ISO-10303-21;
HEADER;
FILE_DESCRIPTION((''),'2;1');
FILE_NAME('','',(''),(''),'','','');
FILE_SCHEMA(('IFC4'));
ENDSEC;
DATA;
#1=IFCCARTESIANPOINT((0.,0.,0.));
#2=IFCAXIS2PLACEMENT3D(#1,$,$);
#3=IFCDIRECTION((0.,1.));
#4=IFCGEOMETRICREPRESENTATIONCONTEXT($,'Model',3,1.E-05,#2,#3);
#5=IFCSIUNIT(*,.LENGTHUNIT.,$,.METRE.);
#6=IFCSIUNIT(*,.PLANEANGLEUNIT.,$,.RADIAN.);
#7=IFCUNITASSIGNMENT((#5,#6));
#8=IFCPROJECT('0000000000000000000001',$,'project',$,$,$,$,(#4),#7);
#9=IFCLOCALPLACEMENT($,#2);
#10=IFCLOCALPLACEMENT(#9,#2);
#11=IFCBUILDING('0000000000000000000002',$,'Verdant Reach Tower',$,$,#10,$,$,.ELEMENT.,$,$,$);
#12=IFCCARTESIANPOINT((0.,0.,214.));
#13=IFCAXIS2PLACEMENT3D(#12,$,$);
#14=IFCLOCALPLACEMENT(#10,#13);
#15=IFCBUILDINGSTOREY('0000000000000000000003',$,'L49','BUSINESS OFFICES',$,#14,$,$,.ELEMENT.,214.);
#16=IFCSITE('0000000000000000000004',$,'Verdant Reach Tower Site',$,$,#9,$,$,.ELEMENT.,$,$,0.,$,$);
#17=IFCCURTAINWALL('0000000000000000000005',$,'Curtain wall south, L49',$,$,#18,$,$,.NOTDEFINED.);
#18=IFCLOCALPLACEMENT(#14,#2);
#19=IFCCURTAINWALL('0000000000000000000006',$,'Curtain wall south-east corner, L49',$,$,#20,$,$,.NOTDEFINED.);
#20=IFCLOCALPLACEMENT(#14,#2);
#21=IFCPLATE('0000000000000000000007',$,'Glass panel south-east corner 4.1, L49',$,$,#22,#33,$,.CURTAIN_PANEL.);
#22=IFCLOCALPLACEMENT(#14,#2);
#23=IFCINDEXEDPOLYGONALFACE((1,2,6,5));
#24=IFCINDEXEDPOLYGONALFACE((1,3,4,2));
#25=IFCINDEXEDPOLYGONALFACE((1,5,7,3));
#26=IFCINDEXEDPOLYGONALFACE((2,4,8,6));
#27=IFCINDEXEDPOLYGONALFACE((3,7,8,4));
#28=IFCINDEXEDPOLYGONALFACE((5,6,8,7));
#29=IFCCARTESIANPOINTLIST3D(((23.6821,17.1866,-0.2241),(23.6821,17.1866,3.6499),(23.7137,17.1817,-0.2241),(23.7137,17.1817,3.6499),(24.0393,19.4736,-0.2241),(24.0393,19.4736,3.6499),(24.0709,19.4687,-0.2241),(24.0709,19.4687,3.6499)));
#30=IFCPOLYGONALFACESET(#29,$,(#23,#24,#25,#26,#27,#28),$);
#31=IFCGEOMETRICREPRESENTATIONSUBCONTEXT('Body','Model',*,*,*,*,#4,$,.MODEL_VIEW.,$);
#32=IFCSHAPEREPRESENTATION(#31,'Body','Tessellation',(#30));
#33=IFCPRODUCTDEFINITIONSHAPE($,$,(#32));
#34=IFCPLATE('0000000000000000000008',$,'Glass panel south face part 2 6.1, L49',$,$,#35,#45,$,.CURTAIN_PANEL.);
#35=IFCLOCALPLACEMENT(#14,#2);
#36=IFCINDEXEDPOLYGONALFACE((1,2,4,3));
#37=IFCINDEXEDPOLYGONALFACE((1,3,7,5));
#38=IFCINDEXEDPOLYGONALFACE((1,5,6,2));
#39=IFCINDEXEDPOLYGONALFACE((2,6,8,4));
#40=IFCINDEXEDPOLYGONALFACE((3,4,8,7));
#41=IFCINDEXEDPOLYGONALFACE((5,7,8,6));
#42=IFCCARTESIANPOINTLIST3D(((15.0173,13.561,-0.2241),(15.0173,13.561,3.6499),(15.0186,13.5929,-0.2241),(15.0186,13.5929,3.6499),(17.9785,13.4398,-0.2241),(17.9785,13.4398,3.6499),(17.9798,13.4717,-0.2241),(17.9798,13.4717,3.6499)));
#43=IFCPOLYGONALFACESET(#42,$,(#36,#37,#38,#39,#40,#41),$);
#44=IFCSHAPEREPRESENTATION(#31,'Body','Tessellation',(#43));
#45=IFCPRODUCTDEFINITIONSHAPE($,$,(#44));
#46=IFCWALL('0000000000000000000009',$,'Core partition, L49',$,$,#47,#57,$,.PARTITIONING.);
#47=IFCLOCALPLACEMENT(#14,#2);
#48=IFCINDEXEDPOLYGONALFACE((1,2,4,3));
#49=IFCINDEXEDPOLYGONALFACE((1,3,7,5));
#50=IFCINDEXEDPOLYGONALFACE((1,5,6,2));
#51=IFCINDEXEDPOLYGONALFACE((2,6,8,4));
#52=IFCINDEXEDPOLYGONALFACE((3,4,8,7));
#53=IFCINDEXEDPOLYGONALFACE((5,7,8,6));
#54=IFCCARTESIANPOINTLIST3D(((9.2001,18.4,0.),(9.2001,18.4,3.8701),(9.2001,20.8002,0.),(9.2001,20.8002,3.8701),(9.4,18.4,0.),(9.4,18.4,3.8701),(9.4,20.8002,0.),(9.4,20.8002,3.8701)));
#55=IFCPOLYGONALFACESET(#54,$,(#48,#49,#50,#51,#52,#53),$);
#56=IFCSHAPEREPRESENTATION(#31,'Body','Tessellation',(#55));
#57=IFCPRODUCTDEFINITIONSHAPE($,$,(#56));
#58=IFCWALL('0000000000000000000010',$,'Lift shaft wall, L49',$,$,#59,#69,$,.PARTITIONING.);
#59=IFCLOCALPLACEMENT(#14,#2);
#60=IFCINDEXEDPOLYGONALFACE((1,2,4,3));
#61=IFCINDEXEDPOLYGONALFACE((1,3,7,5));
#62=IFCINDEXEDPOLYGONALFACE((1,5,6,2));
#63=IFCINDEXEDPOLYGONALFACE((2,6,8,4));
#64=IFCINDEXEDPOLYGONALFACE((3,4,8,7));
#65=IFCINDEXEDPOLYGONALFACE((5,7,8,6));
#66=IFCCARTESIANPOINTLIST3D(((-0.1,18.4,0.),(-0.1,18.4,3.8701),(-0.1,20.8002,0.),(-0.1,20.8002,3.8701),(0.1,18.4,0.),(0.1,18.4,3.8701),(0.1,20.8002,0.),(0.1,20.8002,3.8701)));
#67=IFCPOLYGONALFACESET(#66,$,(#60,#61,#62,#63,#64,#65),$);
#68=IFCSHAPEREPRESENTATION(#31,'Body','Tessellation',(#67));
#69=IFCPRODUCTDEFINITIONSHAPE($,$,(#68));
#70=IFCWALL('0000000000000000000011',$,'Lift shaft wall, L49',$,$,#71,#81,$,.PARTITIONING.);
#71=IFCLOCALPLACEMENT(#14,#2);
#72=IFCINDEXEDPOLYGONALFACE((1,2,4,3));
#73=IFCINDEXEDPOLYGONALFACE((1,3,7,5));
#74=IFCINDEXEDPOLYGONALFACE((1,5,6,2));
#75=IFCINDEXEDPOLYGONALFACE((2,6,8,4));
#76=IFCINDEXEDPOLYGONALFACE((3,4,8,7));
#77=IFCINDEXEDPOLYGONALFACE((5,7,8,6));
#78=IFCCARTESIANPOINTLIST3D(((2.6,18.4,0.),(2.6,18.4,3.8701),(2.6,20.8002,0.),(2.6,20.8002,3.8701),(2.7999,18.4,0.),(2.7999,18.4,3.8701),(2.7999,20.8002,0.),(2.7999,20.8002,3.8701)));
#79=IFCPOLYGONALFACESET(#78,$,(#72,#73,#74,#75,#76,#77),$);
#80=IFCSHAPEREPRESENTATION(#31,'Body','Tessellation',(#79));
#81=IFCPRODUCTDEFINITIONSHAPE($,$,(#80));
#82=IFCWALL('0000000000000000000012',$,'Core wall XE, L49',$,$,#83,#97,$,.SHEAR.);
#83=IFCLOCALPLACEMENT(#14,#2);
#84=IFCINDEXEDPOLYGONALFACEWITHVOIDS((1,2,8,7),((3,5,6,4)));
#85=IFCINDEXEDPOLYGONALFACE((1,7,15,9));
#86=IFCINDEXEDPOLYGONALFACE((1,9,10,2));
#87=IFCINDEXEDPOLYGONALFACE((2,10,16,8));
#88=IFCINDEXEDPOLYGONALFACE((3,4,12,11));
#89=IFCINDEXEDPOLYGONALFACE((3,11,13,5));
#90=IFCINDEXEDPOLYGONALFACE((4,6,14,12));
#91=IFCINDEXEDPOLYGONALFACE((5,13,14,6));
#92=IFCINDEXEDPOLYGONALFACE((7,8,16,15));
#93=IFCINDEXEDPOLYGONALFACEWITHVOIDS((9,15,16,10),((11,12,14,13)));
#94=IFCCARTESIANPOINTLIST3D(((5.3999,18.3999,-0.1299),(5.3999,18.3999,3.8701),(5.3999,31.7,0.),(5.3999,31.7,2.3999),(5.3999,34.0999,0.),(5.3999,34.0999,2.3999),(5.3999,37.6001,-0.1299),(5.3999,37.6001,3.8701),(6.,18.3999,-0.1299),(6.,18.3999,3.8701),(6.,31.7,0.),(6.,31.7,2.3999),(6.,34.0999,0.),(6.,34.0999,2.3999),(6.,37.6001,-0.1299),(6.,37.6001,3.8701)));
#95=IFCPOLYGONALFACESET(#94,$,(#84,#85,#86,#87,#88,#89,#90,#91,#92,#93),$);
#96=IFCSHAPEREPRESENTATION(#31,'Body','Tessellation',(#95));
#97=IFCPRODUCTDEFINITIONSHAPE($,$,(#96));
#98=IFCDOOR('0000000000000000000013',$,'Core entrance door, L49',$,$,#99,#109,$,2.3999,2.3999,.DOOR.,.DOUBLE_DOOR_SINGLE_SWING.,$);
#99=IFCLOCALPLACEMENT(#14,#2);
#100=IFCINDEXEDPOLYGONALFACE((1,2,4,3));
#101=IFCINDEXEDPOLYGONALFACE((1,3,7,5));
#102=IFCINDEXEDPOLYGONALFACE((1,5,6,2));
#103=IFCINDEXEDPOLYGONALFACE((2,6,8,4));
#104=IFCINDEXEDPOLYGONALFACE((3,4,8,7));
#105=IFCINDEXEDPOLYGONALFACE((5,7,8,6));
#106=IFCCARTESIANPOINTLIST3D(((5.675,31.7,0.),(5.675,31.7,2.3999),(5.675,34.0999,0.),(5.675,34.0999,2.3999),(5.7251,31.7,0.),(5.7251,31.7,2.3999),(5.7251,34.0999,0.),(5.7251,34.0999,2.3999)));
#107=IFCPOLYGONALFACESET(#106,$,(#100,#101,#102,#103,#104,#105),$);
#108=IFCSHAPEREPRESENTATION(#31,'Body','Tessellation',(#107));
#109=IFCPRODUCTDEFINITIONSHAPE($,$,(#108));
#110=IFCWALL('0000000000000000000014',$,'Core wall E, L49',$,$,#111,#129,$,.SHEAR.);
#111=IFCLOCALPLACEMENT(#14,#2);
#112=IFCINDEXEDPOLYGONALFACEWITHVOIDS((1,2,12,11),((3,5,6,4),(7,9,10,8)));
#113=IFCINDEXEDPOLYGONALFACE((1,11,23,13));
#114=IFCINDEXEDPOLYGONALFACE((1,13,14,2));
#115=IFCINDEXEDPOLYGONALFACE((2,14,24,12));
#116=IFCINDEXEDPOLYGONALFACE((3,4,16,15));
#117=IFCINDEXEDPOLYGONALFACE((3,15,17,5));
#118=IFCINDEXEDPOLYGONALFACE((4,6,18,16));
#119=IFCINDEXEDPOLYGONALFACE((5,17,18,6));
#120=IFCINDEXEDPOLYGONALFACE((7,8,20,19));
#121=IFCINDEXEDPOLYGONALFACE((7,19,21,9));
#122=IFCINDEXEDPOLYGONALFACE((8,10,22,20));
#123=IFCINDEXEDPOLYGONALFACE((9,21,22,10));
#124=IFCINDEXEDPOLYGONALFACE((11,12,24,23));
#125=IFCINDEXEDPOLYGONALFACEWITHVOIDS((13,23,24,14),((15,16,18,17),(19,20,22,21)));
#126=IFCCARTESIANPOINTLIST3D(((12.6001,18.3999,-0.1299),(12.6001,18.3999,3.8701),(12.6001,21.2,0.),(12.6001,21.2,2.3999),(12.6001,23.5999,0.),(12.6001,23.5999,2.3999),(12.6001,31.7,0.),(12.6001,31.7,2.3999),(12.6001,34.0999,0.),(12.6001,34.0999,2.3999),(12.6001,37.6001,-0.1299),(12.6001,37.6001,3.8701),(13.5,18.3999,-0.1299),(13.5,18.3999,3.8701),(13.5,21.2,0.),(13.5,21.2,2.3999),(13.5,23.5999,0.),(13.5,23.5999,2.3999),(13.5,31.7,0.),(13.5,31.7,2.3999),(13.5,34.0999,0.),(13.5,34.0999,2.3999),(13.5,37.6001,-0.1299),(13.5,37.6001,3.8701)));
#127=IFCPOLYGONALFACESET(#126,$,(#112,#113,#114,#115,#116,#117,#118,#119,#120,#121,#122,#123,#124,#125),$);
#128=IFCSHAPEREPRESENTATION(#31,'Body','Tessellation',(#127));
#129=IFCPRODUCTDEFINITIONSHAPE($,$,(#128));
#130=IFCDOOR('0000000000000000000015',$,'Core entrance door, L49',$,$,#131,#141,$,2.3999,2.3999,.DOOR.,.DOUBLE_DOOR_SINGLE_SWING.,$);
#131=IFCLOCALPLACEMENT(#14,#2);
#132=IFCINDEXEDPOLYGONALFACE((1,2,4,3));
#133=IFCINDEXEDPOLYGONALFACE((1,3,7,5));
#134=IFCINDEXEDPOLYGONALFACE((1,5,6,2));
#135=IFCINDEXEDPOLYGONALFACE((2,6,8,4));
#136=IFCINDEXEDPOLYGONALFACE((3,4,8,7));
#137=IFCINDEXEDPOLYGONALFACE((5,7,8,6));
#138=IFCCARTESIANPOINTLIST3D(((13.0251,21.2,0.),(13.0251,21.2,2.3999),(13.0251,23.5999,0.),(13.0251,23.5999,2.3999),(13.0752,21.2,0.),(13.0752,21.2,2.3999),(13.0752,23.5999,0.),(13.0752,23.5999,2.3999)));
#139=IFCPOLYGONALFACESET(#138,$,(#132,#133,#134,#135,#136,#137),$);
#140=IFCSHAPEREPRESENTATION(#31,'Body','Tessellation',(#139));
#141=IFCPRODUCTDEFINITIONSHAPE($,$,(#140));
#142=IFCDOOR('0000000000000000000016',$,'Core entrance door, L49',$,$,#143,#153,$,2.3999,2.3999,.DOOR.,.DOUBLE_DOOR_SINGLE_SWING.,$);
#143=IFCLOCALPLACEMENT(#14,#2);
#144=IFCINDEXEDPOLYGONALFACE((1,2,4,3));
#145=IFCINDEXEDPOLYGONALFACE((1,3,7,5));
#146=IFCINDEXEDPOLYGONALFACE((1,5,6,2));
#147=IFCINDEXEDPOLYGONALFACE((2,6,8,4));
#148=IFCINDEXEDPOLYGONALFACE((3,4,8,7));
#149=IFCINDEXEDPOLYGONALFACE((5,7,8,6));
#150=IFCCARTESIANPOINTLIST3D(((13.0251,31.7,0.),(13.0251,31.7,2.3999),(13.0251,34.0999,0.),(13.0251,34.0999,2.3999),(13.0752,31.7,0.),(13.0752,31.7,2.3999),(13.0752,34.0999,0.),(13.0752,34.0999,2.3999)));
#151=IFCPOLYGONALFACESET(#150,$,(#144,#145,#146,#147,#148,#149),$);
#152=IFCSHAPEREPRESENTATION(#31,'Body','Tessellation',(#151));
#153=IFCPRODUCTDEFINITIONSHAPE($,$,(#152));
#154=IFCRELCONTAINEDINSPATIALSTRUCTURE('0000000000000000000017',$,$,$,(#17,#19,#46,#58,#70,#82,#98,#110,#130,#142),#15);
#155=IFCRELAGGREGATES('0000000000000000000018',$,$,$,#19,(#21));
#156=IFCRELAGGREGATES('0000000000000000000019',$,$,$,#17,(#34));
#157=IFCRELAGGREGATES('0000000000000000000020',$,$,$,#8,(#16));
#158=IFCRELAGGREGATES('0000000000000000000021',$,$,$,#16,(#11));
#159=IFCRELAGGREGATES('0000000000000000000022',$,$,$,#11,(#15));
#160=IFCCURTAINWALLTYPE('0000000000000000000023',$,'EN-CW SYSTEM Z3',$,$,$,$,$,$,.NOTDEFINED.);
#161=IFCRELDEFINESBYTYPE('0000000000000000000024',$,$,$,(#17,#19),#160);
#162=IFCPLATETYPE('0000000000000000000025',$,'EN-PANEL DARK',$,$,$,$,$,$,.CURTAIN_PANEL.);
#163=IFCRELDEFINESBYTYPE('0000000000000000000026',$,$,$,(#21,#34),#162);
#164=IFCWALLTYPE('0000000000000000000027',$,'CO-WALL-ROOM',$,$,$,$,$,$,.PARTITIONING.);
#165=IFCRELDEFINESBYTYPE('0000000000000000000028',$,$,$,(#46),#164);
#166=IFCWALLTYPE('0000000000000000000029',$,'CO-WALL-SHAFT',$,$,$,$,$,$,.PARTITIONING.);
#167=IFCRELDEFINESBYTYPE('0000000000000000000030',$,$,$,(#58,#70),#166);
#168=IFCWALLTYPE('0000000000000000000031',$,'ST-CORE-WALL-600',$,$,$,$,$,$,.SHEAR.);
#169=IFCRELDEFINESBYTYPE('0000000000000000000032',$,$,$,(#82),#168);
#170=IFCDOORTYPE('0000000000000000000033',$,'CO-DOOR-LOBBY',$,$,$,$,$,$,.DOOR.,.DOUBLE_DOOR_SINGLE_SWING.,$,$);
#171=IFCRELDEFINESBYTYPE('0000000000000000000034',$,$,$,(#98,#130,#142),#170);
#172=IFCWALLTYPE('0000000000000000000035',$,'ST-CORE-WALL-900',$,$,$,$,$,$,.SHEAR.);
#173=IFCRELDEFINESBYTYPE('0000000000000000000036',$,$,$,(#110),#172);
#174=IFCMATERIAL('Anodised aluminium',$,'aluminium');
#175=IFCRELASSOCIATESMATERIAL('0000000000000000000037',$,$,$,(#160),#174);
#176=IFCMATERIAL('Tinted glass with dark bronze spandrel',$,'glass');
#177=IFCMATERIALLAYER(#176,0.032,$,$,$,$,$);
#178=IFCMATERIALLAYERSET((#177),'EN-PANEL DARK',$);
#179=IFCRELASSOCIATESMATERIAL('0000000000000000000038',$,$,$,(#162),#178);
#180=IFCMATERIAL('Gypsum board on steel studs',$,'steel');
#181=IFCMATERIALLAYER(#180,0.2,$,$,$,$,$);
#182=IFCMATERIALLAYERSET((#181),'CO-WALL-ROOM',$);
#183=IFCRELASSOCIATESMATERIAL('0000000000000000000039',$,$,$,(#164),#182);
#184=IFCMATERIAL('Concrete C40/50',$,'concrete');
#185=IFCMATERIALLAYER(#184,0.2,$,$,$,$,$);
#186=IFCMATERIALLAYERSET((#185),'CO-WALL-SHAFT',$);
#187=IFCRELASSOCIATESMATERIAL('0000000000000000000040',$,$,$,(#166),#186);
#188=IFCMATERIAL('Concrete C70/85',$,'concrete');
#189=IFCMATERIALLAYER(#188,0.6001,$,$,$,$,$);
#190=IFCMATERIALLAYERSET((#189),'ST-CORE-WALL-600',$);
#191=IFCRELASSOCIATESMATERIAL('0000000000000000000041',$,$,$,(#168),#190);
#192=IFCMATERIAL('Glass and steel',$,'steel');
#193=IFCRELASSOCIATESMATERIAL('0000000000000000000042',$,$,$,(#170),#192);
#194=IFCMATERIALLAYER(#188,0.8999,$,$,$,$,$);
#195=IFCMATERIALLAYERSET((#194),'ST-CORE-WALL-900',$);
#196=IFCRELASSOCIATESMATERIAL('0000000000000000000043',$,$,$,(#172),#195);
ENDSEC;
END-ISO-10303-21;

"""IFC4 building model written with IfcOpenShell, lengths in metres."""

from ifc_helpers import new_model, si_unit, direction, frame, frame_2d, origin, origin_2d, place, context, subcontext, project, spatial, rectangle, extrude, material, layer, layer_set, type_object, element, fill, aggregate, save


model = new_model("IFC4")

# Units and contexts
model_context = context("Model", 3, precision=1e-05, world=origin(), true_north=direction((0.0, 1.0)))
body_context = subcontext(model_context, "Body", "Model", "MODEL_VIEW")
ifc_project = project(units=[si_unit("LENGTHUNIT", "METRE"), si_unit("PLANEANGLEUNIT", "RADIAN")], contexts=[model_context])

# Site, building, storey
site_placement = place(None, origin())
site = spatial("IfcSite", under=ifc_project, at=site_placement, Name="Verdant Reach Tower Site", CompositionType="ELEMENT", RefElevation=0.0)
building_placement = place(site_placement, origin())
building = spatial("IfcBuilding", under=site, at=building_placement, Name="Verdant Reach Tower", CompositionType="ELEMENT")
storey_placement = place(building_placement, frame((0.0, 0.0, 214.0)))
storey = spatial("IfcBuildingStorey", under=building, at=storey_placement, Name="L49", Description="BUSINESS OFFICES", CompositionType="ELEMENT", Elevation=214.0)

# Curtain wall
ifc_material_1 = material(Name="Anodised aluminium", Category="aluminium")
curtain_wall_type = type_object("IfcCurtainWallType", Name="EN-CW SYSTEM Z3", PredefinedType="NOTDEFINED", material=ifc_material_1)
curtain_wall_1_placement = place(storey_placement, origin())
curtain_wall_1 = element("IfcCurtainWall", 1, at=curtain_wall_1_placement, inside=storey, type_object=curtain_wall_type, Name="Curtain wall south, L49", PredefinedType="NOTDEFINED")

# Shared definitions
ifc_material_2 = material(Name="Concrete C40/50", Category="concrete")

# Curtain wall
curtain_wall_2_placement = place(storey_placement, origin())
curtain_wall_2 = element("IfcCurtainWall", 2, at=curtain_wall_2_placement, inside=storey, type_object=curtain_wall_type, Name="Curtain wall south-east corner, L49", PredefinedType="NOTDEFINED")

# Plates
ifc_material_3 = material(Name="Tinted glass with dark bronze spandrel", Category="glass")
ifc_layer_1 = layer(ifc_material_3, 0.032)
ifc_layer_set_1 = layer_set([ifc_layer_1], Name="EN-PANEL DARK")
plate_type_1 = type_object("IfcPlateType", Name="EN-PANEL DARK", PredefinedType="CURTAIN_PANEL", material=ifc_layer_set_1)
plate_1_placement = place(storey_placement, frame((23.8765, 18.3276, -0.2241), z_axis=(0.0, 0.0, 1.0), x_axis=(0.154312, 0.988022, 0.0)))
plate_1 = element("IfcPlate", 3, at=plate_1_placement, type_object=plate_type_1, Name="Glass panel south-east corner 4.1, L49", PredefinedType="CURTAIN_PANEL", context=body_context, shape_type="SweptSolid", body=[
    extrude(rectangle(XDim=2.3147, YDim=0.032, at=origin_2d()), origin(), (0.0, 0.0, 1.0), 3.874),
])
aggregate(curtain_wall_2, [plate_1])
plate_2_placement = place(storey_placement, frame((16.4985, 13.5164, -0.2241), z_axis=(0.0, 0.0, 1.0), x_axis=(0.999164, -0.040891, 0.0)))
plate_2 = element("IfcPlate", 4, at=plate_2_placement, type_object=plate_type_1, Name="Glass panel south face part 2 6.1, L49", PredefinedType="CURTAIN_PANEL", context=body_context, shape_type="SweptSolid", body=[
    extrude(rectangle(XDim=2.9636, YDim=0.032, at=origin_2d()), origin(), (0.0, 0.0, 1.0), 3.874),
])
aggregate(curtain_wall_1, [plate_2])

# Walls
ifc_material_4 = material(Name="Gypsum board on steel studs", Category="steel")
ifc_layer_2 = layer(ifc_material_4, 0.2)
ifc_layer_set_2 = layer_set([ifc_layer_2], Name="CO-WALL-ROOM")
wall_type_1 = type_object("IfcWallType", Name="CO-WALL-ROOM", PredefinedType="PARTITIONING", material=ifc_layer_set_2)
wall_1_placement = place(storey_placement, frame((9.3, 18.3999, 0.0), z_axis=(0.0, 0.0, 1.0), x_axis=(0.0, 1.0, 0.0)))
element("IfcWall", 5, at=wall_1_placement, inside=storey, type_object=wall_type_1, Name="Core partition, L49", PredefinedType="PARTITIONING", context=body_context, shape_type="SweptSolid", body=[
    extrude(rectangle(XDim=2.4001, YDim=0.2, at=frame_2d((1.2002, 0.0))), origin(), (0.0, 0.0, 1.0), 3.8701),
])
ifc_layer_3 = layer(ifc_material_2, 0.2)
ifc_layer_set_3 = layer_set([ifc_layer_3], Name="CO-WALL-SHAFT")
wall_type_2 = type_object("IfcWallType", Name="CO-WALL-SHAFT", PredefinedType="PARTITIONING", material=ifc_layer_set_3)
for number, where, z_axis, x_axis, name in (
    (6, (0.0, 18.3999, 0.0), (0.0, 0.0, 1.0), (0.0, 1.0, 0.0), "Lift shaft wall, L49"),
    (7, (2.7, 18.3999, 0.0), (0.0, 0.0, 1.0), (0.0, 1.0, 0.0), "Lift shaft wall, L49"),
):
    element("IfcWall", number, at=place(storey_placement, frame(where, z_axis=z_axis, x_axis=x_axis)), inside=storey, type_object=wall_type_2, Name=name, PredefinedType="PARTITIONING", context=body_context, shape_type="SweptSolid", body=[
        extrude(rectangle(XDim=2.4001, YDim=0.2, at=frame_2d((1.2002, 0.0))), origin(), (0.0, 0.0, 1.0), 3.8701),
    ])

# Wall, opening, door
ifc_material_5 = material(Name="Concrete C70/85", Category="concrete")
ifc_layer_4 = layer(ifc_material_5, 0.6001)
ifc_layer_set_4 = layer_set([ifc_layer_4], Name="ST-CORE-WALL-600")
wall_type_3 = type_object("IfcWallType", Name="ST-CORE-WALL-600", PredefinedType="SHEAR", material=ifc_layer_set_4)
wall_2_placement = place(storey_placement, frame((5.7, 18.3999, -0.1299), z_axis=(0.0, 0.0, 1.0), x_axis=(0.0, 1.0, 0.0)))
wall_2 = element("IfcWall", 8, at=wall_2_placement, inside=storey, type_object=wall_type_3, Name="Core wall XE, L49", PredefinedType="SHEAR", context=body_context, shape_type="SweptSolid", body=[
    extrude(rectangle(XDim=19.2002, YDim=0.6001, at=frame_2d((9.6001, 0.0))), origin(), (0.0, 0.0, 1.0), 4.0),
])
opening_1_placement = place(wall_2_placement, frame((13.3, 0.0, 0.1299)))
opening_1 = element("IfcOpeningElement", 9, at=opening_1_placement, cuts=wall_2, PredefinedType="OPENING", context=body_context, shape_type="SweptSolid", body=[
    extrude(rectangle(XDim=2.3999, YDim=2.3999, at=frame_2d((1.2, 1.2))), frame((0.0, 0.3101, 0.0), z_axis=(0.0, -1.0, 0.0), x_axis=(1.0, 0.0, 0.0)), (0.0, 0.0, 1.0), 0.6201),
])
ifc_material_6 = material(Name="Glass and steel", Category="steel")
door_type = type_object("IfcDoorType", Name="CO-DOOR-LOBBY", OperationType="DOUBLE_DOOR_SINGLE_SWING", PredefinedType="DOOR", material=ifc_material_6)
door_1_placement = place(opening_1_placement, origin())
door_1 = element("IfcDoor", 10, at=door_1_placement, inside=storey, type_object=door_type, Name="Core entrance door, L49", OperationType="DOUBLE_DOOR_SINGLE_SWING", OverallHeight=2.3999, OverallWidth=2.3999, PredefinedType="DOOR", context=body_context, shape_type="SweptSolid", body=[
    extrude(rectangle(XDim=2.3999, YDim=2.3999, at=frame_2d((1.2, 1.2))), frame((0.0, 0.0249, 0.0), z_axis=(0.0, -1.0, 0.0), x_axis=(1.0, 0.0, 0.0)), (0.0, 0.0, 1.0), 0.05),
])
fill(opening_1, door_1)

# Wall, openings, doors
ifc_layer_5 = layer(ifc_material_5, 0.8999)
ifc_layer_set_5 = layer_set([ifc_layer_5], Name="ST-CORE-WALL-900")
wall_type_4 = type_object("IfcWallType", Name="ST-CORE-WALL-900", PredefinedType="SHEAR", material=ifc_layer_set_5)
wall_3_placement = place(storey_placement, frame((13.05, 18.3999, -0.1299), z_axis=(0.0, 0.0, 1.0), x_axis=(0.0, 1.0, 0.0)))
wall_3 = element("IfcWall", 11, at=wall_3_placement, inside=storey, type_object=wall_type_4, Name="Core wall E, L49", PredefinedType="SHEAR", context=body_context, shape_type="SweptSolid", body=[
    extrude(rectangle(XDim=19.2002, YDim=0.8999, at=frame_2d((9.6001, 0.0))), origin(), (0.0, 0.0, 1.0), 4.0),
])
opening_2_placement = place(wall_3_placement, frame((2.8, 0.0, 0.1299)))
opening_2 = element("IfcOpeningElement", 12, at=opening_2_placement, cuts=wall_3, PredefinedType="OPENING", context=body_context, shape_type="SweptSolid", body=[
    extrude(rectangle(XDim=2.3999, YDim=2.3999, at=frame_2d((1.2, 1.2))), frame((0.0, 0.46, 0.0), z_axis=(0.0, -1.0, 0.0), x_axis=(1.0, 0.0, 0.0)), (0.0, 0.0, 1.0), 0.9199),
])
opening_3_placement = place(wall_3_placement, frame((13.3, 0.0, 0.1299)))
opening_3 = element("IfcOpeningElement", 13, at=opening_3_placement, cuts=wall_3, PredefinedType="OPENING", context=body_context, shape_type="SweptSolid", body=[
    extrude(rectangle(XDim=2.3999, YDim=2.3999, at=frame_2d((1.2, 1.2))), frame((0.0, 0.46, 0.0), z_axis=(0.0, -1.0, 0.0), x_axis=(1.0, 0.0, 0.0)), (0.0, 0.0, 1.0), 0.9199),
])
door_2_placement = place(opening_2_placement, origin())
door_2 = element("IfcDoor", 14, at=door_2_placement, inside=storey, type_object=door_type, Name="Core entrance door, L49", OperationType="DOUBLE_DOOR_SINGLE_SWING", OverallHeight=2.3999, OverallWidth=2.3999, PredefinedType="DOOR", context=body_context, shape_type="SweptSolid", body=[
    extrude(rectangle(XDim=2.3999, YDim=2.3999, at=frame_2d((1.2, 1.2))), frame((0.0, 0.0249, 0.0), z_axis=(0.0, -1.0, 0.0), x_axis=(1.0, 0.0, 0.0)), (0.0, 0.0, 1.0), 0.05),
])
fill(opening_2, door_2)
door_3_placement = place(opening_3_placement, origin())
door_3 = element("IfcDoor", 15, at=door_3_placement, inside=storey, type_object=door_type, Name="Core entrance door, L49", OperationType="DOUBLE_DOOR_SINGLE_SWING", OverallHeight=2.3999, OverallWidth=2.3999, PredefinedType="DOOR", context=body_context, shape_type="SweptSolid", body=[
    extrude(rectangle(XDim=2.3999, YDim=2.3999, at=frame_2d((1.2, 1.2))), frame((0.0, 0.0249, 0.0), z_axis=(0.0, -1.0, 0.0), x_axis=(1.0, 0.0, 0.0)), (0.0, 0.0, 1.0), 0.05),
])
fill(opening_3, door_3)

save(model, "model.ifc")
